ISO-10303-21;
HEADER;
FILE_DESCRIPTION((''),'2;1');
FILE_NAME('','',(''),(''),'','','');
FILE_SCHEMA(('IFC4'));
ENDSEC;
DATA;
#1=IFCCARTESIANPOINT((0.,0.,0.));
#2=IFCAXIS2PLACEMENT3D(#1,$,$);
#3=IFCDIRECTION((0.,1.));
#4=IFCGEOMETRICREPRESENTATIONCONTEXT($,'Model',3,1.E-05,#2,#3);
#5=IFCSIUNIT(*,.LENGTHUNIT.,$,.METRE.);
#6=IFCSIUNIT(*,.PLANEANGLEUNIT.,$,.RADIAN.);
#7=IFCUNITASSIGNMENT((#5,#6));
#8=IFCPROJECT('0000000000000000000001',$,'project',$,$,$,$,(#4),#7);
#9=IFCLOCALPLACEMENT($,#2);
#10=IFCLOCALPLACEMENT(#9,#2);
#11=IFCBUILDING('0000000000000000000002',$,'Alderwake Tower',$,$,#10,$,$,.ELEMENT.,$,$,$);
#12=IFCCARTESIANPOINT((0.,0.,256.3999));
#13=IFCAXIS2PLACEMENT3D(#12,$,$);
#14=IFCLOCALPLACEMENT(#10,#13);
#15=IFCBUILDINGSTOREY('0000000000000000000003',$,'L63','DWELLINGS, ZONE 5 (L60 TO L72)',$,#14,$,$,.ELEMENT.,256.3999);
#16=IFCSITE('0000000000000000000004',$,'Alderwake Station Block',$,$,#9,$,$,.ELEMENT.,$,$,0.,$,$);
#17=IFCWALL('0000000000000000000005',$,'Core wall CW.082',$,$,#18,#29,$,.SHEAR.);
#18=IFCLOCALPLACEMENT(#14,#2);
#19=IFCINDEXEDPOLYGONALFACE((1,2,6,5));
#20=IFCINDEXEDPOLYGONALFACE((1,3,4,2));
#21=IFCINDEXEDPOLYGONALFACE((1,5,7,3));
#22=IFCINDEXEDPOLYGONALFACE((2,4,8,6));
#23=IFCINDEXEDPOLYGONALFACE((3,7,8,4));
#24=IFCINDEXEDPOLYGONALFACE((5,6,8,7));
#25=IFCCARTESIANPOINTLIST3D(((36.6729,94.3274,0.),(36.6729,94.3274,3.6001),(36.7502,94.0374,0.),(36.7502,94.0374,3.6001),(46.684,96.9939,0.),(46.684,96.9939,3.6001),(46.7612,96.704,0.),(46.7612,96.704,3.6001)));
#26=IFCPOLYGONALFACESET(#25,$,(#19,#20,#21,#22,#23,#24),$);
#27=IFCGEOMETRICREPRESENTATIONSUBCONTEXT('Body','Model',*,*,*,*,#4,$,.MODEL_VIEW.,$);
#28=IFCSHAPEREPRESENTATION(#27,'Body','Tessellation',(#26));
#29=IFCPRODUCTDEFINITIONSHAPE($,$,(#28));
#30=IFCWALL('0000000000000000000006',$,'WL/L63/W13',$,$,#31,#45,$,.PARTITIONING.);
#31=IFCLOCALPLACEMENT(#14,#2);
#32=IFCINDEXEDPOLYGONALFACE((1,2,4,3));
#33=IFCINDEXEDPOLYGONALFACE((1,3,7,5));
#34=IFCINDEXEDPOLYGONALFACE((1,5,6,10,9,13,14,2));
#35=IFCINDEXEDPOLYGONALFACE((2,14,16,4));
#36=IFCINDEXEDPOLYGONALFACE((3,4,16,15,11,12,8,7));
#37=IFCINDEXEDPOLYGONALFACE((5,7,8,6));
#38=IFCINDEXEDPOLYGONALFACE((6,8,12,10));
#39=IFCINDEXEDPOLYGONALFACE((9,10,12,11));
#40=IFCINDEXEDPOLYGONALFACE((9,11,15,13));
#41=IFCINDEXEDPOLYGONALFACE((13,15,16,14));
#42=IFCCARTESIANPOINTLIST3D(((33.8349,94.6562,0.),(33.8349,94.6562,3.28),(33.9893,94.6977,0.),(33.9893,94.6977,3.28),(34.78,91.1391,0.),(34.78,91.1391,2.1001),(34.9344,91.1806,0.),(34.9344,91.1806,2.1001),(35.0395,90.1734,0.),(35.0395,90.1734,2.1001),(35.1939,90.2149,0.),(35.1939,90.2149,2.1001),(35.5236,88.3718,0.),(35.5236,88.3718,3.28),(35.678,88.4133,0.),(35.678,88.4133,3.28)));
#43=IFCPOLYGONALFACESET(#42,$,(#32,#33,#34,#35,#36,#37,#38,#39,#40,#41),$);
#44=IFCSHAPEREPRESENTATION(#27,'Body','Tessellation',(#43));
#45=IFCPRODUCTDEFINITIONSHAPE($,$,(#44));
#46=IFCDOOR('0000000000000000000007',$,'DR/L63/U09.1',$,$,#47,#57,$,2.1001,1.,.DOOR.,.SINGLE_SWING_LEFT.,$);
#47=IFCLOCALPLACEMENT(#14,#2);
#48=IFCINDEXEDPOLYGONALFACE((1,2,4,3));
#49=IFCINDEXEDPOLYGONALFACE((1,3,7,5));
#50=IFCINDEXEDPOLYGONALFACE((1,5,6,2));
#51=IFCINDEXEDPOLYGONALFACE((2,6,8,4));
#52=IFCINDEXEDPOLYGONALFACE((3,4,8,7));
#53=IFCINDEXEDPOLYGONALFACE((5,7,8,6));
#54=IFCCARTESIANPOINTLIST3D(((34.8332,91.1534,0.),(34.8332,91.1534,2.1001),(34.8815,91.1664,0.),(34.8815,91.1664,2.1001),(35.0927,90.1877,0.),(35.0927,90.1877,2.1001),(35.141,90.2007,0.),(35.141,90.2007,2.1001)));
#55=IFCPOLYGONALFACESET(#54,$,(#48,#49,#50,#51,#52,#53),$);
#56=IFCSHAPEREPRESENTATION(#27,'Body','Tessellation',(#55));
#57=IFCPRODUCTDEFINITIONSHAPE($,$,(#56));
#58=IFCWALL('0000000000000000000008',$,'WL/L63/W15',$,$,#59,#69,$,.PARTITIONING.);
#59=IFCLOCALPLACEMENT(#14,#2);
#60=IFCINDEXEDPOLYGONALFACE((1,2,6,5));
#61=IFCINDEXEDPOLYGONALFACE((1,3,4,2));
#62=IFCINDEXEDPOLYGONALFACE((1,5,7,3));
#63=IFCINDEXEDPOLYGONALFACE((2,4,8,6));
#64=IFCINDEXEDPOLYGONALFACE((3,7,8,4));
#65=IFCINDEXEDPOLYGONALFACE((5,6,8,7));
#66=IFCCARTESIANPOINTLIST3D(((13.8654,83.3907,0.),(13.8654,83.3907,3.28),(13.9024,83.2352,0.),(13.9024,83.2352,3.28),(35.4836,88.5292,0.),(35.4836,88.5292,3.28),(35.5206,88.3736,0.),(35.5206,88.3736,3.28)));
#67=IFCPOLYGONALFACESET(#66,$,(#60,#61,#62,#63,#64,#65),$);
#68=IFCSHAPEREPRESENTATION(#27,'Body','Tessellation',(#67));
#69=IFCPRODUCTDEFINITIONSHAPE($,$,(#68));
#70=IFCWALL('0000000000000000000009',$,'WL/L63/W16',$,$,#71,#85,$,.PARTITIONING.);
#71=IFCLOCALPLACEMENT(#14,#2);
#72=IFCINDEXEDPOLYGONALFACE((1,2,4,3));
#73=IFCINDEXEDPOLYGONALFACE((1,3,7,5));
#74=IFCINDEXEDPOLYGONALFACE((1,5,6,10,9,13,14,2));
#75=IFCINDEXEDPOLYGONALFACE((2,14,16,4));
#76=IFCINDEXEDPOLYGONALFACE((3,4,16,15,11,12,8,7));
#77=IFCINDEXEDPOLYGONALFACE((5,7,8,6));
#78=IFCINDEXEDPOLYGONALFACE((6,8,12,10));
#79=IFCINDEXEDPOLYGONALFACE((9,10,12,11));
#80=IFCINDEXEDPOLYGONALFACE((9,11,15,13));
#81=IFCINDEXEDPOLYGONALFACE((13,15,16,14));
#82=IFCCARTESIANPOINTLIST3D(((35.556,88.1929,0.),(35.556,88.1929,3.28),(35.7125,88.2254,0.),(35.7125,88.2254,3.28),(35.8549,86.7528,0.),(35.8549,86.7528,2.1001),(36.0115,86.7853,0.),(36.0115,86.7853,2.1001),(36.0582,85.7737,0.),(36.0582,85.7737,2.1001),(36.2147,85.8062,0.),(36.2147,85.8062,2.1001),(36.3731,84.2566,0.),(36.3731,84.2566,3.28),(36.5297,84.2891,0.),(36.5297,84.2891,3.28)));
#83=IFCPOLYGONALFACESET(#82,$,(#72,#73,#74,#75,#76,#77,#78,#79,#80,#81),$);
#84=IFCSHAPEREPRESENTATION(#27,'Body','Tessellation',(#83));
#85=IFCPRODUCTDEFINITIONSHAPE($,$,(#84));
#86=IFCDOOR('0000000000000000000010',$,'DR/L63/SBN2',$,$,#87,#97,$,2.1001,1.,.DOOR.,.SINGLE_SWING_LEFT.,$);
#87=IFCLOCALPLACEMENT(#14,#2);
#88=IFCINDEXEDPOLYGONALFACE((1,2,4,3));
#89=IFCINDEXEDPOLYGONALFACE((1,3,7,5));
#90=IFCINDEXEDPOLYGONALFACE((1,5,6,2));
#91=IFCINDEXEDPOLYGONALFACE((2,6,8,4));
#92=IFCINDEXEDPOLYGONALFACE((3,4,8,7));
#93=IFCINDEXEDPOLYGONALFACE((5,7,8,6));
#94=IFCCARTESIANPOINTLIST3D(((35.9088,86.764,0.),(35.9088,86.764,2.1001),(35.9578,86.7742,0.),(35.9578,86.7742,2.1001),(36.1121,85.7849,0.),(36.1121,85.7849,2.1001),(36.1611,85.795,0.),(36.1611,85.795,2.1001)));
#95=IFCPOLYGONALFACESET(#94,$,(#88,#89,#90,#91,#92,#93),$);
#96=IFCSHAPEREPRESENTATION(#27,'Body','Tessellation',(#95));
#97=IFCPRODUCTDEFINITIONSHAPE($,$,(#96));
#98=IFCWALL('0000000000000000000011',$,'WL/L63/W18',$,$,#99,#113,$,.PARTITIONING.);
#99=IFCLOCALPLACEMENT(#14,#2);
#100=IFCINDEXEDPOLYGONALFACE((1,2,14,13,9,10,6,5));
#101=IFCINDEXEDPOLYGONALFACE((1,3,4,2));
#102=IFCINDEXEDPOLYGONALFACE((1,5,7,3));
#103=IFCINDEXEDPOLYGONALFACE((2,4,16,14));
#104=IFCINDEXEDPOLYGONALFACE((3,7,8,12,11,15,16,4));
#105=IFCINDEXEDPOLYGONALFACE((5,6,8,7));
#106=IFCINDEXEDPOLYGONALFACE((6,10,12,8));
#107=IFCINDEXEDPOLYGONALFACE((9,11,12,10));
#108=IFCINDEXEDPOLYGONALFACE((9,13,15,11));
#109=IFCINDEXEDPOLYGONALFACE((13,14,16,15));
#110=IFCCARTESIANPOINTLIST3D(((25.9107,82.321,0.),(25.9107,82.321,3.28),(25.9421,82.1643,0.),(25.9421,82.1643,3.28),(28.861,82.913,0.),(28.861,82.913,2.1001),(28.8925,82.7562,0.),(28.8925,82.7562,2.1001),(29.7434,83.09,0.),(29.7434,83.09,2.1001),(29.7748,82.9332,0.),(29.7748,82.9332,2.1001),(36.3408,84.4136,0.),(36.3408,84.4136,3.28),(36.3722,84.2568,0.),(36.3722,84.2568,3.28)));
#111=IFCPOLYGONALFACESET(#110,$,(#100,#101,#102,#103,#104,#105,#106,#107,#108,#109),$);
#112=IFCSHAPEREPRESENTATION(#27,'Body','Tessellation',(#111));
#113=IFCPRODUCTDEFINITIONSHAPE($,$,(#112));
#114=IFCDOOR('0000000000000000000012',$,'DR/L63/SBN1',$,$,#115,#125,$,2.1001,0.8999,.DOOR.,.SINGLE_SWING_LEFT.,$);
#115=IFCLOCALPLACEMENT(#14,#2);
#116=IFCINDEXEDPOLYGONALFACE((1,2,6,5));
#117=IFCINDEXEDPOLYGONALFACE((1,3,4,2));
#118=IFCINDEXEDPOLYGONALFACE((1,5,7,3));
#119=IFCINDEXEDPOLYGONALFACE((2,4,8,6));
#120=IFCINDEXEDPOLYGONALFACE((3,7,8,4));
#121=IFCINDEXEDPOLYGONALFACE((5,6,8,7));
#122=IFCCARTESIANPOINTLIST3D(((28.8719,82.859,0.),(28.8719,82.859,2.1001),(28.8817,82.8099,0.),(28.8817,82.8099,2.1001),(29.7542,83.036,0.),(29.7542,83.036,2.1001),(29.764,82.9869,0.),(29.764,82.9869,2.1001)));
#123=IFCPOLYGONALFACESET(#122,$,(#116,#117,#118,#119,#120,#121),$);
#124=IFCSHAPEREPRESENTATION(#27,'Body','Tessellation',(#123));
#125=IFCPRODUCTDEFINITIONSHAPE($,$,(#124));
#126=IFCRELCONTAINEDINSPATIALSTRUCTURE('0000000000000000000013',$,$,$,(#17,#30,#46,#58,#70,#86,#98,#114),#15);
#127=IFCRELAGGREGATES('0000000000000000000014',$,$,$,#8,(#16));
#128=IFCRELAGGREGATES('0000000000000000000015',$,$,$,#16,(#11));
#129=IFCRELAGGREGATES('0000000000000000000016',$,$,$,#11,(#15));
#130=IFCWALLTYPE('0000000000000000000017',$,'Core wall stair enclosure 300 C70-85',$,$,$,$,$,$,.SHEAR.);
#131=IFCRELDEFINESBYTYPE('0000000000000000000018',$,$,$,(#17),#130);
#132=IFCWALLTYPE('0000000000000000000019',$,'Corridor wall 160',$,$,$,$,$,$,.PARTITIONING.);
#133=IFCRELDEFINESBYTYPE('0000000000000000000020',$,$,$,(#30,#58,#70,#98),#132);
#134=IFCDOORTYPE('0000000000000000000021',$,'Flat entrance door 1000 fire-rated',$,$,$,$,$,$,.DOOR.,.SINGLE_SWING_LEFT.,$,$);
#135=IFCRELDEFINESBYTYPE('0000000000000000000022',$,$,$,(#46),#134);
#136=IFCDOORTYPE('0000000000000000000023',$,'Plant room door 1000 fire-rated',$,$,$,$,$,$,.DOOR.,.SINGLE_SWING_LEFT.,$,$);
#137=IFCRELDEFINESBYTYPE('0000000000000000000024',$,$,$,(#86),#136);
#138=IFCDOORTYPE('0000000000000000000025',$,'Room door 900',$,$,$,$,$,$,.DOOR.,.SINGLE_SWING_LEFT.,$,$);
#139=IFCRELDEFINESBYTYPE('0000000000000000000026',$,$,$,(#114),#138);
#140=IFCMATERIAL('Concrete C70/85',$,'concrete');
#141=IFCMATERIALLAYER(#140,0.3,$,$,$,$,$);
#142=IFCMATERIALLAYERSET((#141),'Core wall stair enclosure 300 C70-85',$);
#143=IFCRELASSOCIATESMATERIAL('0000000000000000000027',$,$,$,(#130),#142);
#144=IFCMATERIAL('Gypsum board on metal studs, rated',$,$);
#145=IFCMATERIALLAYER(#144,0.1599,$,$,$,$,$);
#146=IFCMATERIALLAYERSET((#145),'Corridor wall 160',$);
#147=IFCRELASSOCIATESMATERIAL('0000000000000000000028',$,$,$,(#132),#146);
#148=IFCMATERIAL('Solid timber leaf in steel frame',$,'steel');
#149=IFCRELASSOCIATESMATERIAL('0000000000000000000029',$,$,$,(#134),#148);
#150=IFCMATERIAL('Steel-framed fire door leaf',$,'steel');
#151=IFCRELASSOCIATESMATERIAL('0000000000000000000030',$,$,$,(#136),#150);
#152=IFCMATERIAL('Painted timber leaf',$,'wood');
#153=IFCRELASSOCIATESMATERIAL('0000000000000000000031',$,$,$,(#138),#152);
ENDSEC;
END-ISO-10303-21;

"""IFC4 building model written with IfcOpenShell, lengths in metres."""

from ifc_helpers import new_model, si_unit, direction, frame, frame_2d, origin, place, context, subcontext, project, spatial, rectangle, extrude, material, layer, layer_set, type_object, element, fill, save


model = new_model("IFC4")

# Units and contexts
model_context = context("Model", 3, precision=1e-05, world=origin(), true_north=direction((0.0, 1.0)))
body_context = subcontext(model_context, "Body", "Model", "MODEL_VIEW")
ifc_project = project(units=[si_unit("LENGTHUNIT", "METRE"), si_unit("PLANEANGLEUNIT", "RADIAN")], contexts=[model_context])

# Site, building, storey
site_placement = place(None, origin())
site = spatial("IfcSite", under=ifc_project, at=site_placement, Name="Alderwake Station Block", CompositionType="ELEMENT", RefElevation=0.0)
building_placement = place(site_placement, origin())
building = spatial("IfcBuilding", under=site, at=building_placement, Name="Alderwake Tower", CompositionType="ELEMENT")
storey_placement = place(building_placement, frame((0.0, 0.0, 256.3999)))
storey = spatial("IfcBuildingStorey", under=building, at=storey_placement, Name="L63", Description="DWELLINGS, ZONE 5 (L60 TO L72)", CompositionType="ELEMENT", Elevation=256.3999)

# Wall
ifc_material_1 = material(Name="Concrete C70/85", Category="concrete")
ifc_layer_1 = layer(ifc_material_1, 0.3)
ifc_layer_set_1 = layer_set([ifc_layer_1], Name="Core wall stair enclosure 300 C70-85")
wall_type_1 = type_object("IfcWallType", Name="Core wall stair enclosure 300 C70-85", PredefinedType="SHEAR", material=ifc_layer_set_1)
wall_1_placement = place(storey_placement, frame((36.7114, 94.1824, 0.0), z_axis=(0.0, 0.0, 1.0), x_axis=(0.966309, 0.257384, 0.0)))
element("IfcWall", 1, at=wall_1_placement, inside=storey, type_object=wall_type_1, Name="Core wall CW.082", PredefinedType="SHEAR", context=body_context, shape_type="SweptSolid", body=[
    extrude(rectangle(XDim=10.3601, YDim=0.3, at=frame_2d((5.1802, 0.0))), origin(), (0.0, 0.0, 1.0), 3.6001),
])

# Wall, opening, door
ifc_material_2 = material(Name="Gypsum board on metal studs, rated")
ifc_layer_2 = layer(ifc_material_2, 0.1599)
ifc_layer_set_2 = layer_set([ifc_layer_2], Name="Corridor wall 160")
wall_type_2 = type_object("IfcWallType", Name="Corridor wall 160", PredefinedType="PARTITIONING", material=ifc_layer_set_2)
wall_2_placement = place(storey_placement, frame((35.6008, 88.3926, 0.0), z_axis=(0.0, 0.0, 1.0), x_axis=(-0.259509, 0.965741, 0.0)))
wall_2 = element("IfcWall", 2, at=wall_2_placement, inside=storey, type_object=wall_type_2, Name="WL/L63/W13", PredefinedType="PARTITIONING", context=body_context, shape_type="SweptSolid", body=[
    extrude(rectangle(XDim=6.5073, YDim=0.1599, at=frame_2d((3.2537, 0.0))), origin(), (0.0, 0.0, 1.0), 3.28),
])
opening_1_placement = place(wall_2_placement, frame((1.8655, 0.0, 0.0)))
opening_1 = element("IfcOpeningElement", 3, at=opening_1_placement, cuts=wall_2, PredefinedType="OPENING", context=body_context, shape_type="SweptSolid", body=[
    extrude(rectangle(XDim=1.0, YDim=2.1001, at=frame_2d((0.5, 1.05))), frame((0.0, 0.0898, 0.0), z_axis=(0.0, -1.0, 0.0), x_axis=(1.0, 0.0, 0.0)), (0.0, 0.0, 1.0), 0.1799),
])
ifc_material_3 = material(Name="Solid timber leaf in steel frame", Category="steel")
door_type_1 = type_object("IfcDoorType", Name="Flat entrance door 1000 fire-rated", OperationType="SINGLE_SWING_LEFT", PredefinedType="DOOR", material=ifc_material_3)
door_1_placement = place(opening_1_placement, origin())
door_1 = element("IfcDoor", 4, at=door_1_placement, inside=storey, type_object=door_type_1, Name="DR/L63/U09.1", OperationType="SINGLE_SWING_LEFT", OverallHeight=2.1001, OverallWidth=1.0, PredefinedType="DOOR", context=body_context, shape_type="SweptSolid", body=[
    extrude(rectangle(XDim=1.0, YDim=2.1001, at=frame_2d((0.5, 1.05))), frame((0.0, 0.0249, 0.0), z_axis=(0.0, -1.0, 0.0), x_axis=(1.0, 0.0, 0.0)), (0.0, 0.0, 1.0), 0.05),
])
fill(opening_1, door_1)

# Wall
wall_3_placement = place(storey_placement, frame((35.5022, 88.4514, 0.0), z_axis=(0.0, 0.0, 1.0), x_axis=(-0.972895, -0.231248, 0.0)))
element("IfcWall", 5, at=wall_3_placement, inside=storey, type_object=wall_type_2, Name="WL/L63/W15", PredefinedType="PARTITIONING", context=body_context, shape_type="SweptSolid", body=[
    extrude(rectangle(XDim=22.2205, YDim=0.1599, at=frame_2d((11.1104, 0.0))), origin(), (0.0, 0.0, 1.0), 3.28),
])

# Walls, openings, doors
wall_4_placement = place(storey_placement, frame((36.4514, 84.2727, 0.0), z_axis=(0.0, 0.0, 1.0), x_axis=(-0.203258, 0.979125, 0.0)))
wall_4 = element("IfcWall", 6, at=wall_4_placement, inside=storey, type_object=wall_type_2, Name="WL/L63/W16", PredefinedType="PARTITIONING", context=body_context, shape_type="SweptSolid", body=[
    extrude(rectangle(XDim=4.0203, YDim=0.1599, at=frame_2d((2.0103, 0.0))), origin(), (0.0, 0.0, 1.0), 3.28),
])
opening_2_placement = place(wall_4_placement, frame((1.5496, 0.0, 0.0)))
opening_2 = element("IfcOpeningElement", 7, at=opening_2_placement, cuts=wall_4, PredefinedType="OPENING", context=body_context, shape_type="SweptSolid", body=[
    extrude(rectangle(XDim=1.0, YDim=2.1001, at=frame_2d((0.5, 1.05))), frame((0.0, 0.0898, 0.0), z_axis=(0.0, -1.0, 0.0), x_axis=(1.0, 0.0, 0.0)), (0.0, 0.0, 1.0), 0.1799),
])
ifc_material_4 = material(Name="Steel-framed fire door leaf", Category="steel")
door_type_2 = type_object("IfcDoorType", Name="Plant room door 1000 fire-rated", OperationType="SINGLE_SWING_LEFT", PredefinedType="DOOR", material=ifc_material_4)
door_2_placement = place(opening_2_placement, origin())
door_2 = element("IfcDoor", 8, at=door_2_placement, inside=storey, type_object=door_type_2, Name="DR/L63/SBN2", OperationType="SINGLE_SWING_LEFT", OverallHeight=2.1001, OverallWidth=1.0, PredefinedType="DOOR", context=body_context, shape_type="SweptSolid", body=[
    extrude(rectangle(XDim=1.0, YDim=2.1001, at=frame_2d((0.5, 1.05))), frame((0.0, 0.0249, 0.0), z_axis=(0.0, -1.0, 0.0), x_axis=(1.0, 0.0, 0.0)), (0.0, 0.0, 1.0), 0.05),
])
fill(opening_2, door_2)
wall_5_placement = place(storey_placement, frame((25.9265, 82.2427, 0.0), z_axis=(0.0, 0.0, 1.0), x_axis=(0.980463, 0.196703, 0.0)))
wall_5 = element("IfcWall", 9, at=wall_5_placement, inside=storey, type_object=wall_type_2, Name="WL/L63/W18", PredefinedType="PARTITIONING", context=body_context, shape_type="SweptSolid", body=[
    extrude(rectangle(XDim=10.6379, YDim=0.1599, at=frame_2d((5.3188, 0.0))), origin(), (0.0, 0.0, 1.0), 3.28),
])
opening_3_placement = place(wall_5_placement, frame((3.009, 0.0, 0.0)))
opening_3 = element("IfcOpeningElement", 10, at=opening_3_placement, cuts=wall_5, PredefinedType="OPENING", context=body_context, shape_type="SweptSolid", body=[
    extrude(rectangle(XDim=0.8999, YDim=2.1001, at=frame_2d((0.45, 1.05))), frame((0.0, 0.0898, 0.0), z_axis=(0.0, -1.0, 0.0), x_axis=(1.0, 0.0, 0.0)), (0.0, 0.0, 1.0), 0.1799),
])
ifc_material_5 = material(Name="Painted timber leaf", Category="wood")
door_type_3 = type_object("IfcDoorType", Name="Room door 900", OperationType="SINGLE_SWING_LEFT", PredefinedType="DOOR", material=ifc_material_5)
door_3_placement = place(opening_3_placement, origin())
door_3 = element("IfcDoor", 11, at=door_3_placement, inside=storey, type_object=door_type_3, Name="DR/L63/SBN1", OperationType="SINGLE_SWING_LEFT", OverallHeight=2.1001, OverallWidth=0.8999, PredefinedType="DOOR", context=body_context, shape_type="SweptSolid", body=[
    extrude(rectangle(XDim=0.8999, YDim=2.1001, at=frame_2d((0.45, 1.05))), frame((0.0, 0.0249, 0.0), z_axis=(0.0, -1.0, 0.0), x_axis=(1.0, 0.0, 0.0)), (0.0, 0.0, 1.0), 0.05),
])
fill(opening_3, door_3)

save(model, "model.ifc")
